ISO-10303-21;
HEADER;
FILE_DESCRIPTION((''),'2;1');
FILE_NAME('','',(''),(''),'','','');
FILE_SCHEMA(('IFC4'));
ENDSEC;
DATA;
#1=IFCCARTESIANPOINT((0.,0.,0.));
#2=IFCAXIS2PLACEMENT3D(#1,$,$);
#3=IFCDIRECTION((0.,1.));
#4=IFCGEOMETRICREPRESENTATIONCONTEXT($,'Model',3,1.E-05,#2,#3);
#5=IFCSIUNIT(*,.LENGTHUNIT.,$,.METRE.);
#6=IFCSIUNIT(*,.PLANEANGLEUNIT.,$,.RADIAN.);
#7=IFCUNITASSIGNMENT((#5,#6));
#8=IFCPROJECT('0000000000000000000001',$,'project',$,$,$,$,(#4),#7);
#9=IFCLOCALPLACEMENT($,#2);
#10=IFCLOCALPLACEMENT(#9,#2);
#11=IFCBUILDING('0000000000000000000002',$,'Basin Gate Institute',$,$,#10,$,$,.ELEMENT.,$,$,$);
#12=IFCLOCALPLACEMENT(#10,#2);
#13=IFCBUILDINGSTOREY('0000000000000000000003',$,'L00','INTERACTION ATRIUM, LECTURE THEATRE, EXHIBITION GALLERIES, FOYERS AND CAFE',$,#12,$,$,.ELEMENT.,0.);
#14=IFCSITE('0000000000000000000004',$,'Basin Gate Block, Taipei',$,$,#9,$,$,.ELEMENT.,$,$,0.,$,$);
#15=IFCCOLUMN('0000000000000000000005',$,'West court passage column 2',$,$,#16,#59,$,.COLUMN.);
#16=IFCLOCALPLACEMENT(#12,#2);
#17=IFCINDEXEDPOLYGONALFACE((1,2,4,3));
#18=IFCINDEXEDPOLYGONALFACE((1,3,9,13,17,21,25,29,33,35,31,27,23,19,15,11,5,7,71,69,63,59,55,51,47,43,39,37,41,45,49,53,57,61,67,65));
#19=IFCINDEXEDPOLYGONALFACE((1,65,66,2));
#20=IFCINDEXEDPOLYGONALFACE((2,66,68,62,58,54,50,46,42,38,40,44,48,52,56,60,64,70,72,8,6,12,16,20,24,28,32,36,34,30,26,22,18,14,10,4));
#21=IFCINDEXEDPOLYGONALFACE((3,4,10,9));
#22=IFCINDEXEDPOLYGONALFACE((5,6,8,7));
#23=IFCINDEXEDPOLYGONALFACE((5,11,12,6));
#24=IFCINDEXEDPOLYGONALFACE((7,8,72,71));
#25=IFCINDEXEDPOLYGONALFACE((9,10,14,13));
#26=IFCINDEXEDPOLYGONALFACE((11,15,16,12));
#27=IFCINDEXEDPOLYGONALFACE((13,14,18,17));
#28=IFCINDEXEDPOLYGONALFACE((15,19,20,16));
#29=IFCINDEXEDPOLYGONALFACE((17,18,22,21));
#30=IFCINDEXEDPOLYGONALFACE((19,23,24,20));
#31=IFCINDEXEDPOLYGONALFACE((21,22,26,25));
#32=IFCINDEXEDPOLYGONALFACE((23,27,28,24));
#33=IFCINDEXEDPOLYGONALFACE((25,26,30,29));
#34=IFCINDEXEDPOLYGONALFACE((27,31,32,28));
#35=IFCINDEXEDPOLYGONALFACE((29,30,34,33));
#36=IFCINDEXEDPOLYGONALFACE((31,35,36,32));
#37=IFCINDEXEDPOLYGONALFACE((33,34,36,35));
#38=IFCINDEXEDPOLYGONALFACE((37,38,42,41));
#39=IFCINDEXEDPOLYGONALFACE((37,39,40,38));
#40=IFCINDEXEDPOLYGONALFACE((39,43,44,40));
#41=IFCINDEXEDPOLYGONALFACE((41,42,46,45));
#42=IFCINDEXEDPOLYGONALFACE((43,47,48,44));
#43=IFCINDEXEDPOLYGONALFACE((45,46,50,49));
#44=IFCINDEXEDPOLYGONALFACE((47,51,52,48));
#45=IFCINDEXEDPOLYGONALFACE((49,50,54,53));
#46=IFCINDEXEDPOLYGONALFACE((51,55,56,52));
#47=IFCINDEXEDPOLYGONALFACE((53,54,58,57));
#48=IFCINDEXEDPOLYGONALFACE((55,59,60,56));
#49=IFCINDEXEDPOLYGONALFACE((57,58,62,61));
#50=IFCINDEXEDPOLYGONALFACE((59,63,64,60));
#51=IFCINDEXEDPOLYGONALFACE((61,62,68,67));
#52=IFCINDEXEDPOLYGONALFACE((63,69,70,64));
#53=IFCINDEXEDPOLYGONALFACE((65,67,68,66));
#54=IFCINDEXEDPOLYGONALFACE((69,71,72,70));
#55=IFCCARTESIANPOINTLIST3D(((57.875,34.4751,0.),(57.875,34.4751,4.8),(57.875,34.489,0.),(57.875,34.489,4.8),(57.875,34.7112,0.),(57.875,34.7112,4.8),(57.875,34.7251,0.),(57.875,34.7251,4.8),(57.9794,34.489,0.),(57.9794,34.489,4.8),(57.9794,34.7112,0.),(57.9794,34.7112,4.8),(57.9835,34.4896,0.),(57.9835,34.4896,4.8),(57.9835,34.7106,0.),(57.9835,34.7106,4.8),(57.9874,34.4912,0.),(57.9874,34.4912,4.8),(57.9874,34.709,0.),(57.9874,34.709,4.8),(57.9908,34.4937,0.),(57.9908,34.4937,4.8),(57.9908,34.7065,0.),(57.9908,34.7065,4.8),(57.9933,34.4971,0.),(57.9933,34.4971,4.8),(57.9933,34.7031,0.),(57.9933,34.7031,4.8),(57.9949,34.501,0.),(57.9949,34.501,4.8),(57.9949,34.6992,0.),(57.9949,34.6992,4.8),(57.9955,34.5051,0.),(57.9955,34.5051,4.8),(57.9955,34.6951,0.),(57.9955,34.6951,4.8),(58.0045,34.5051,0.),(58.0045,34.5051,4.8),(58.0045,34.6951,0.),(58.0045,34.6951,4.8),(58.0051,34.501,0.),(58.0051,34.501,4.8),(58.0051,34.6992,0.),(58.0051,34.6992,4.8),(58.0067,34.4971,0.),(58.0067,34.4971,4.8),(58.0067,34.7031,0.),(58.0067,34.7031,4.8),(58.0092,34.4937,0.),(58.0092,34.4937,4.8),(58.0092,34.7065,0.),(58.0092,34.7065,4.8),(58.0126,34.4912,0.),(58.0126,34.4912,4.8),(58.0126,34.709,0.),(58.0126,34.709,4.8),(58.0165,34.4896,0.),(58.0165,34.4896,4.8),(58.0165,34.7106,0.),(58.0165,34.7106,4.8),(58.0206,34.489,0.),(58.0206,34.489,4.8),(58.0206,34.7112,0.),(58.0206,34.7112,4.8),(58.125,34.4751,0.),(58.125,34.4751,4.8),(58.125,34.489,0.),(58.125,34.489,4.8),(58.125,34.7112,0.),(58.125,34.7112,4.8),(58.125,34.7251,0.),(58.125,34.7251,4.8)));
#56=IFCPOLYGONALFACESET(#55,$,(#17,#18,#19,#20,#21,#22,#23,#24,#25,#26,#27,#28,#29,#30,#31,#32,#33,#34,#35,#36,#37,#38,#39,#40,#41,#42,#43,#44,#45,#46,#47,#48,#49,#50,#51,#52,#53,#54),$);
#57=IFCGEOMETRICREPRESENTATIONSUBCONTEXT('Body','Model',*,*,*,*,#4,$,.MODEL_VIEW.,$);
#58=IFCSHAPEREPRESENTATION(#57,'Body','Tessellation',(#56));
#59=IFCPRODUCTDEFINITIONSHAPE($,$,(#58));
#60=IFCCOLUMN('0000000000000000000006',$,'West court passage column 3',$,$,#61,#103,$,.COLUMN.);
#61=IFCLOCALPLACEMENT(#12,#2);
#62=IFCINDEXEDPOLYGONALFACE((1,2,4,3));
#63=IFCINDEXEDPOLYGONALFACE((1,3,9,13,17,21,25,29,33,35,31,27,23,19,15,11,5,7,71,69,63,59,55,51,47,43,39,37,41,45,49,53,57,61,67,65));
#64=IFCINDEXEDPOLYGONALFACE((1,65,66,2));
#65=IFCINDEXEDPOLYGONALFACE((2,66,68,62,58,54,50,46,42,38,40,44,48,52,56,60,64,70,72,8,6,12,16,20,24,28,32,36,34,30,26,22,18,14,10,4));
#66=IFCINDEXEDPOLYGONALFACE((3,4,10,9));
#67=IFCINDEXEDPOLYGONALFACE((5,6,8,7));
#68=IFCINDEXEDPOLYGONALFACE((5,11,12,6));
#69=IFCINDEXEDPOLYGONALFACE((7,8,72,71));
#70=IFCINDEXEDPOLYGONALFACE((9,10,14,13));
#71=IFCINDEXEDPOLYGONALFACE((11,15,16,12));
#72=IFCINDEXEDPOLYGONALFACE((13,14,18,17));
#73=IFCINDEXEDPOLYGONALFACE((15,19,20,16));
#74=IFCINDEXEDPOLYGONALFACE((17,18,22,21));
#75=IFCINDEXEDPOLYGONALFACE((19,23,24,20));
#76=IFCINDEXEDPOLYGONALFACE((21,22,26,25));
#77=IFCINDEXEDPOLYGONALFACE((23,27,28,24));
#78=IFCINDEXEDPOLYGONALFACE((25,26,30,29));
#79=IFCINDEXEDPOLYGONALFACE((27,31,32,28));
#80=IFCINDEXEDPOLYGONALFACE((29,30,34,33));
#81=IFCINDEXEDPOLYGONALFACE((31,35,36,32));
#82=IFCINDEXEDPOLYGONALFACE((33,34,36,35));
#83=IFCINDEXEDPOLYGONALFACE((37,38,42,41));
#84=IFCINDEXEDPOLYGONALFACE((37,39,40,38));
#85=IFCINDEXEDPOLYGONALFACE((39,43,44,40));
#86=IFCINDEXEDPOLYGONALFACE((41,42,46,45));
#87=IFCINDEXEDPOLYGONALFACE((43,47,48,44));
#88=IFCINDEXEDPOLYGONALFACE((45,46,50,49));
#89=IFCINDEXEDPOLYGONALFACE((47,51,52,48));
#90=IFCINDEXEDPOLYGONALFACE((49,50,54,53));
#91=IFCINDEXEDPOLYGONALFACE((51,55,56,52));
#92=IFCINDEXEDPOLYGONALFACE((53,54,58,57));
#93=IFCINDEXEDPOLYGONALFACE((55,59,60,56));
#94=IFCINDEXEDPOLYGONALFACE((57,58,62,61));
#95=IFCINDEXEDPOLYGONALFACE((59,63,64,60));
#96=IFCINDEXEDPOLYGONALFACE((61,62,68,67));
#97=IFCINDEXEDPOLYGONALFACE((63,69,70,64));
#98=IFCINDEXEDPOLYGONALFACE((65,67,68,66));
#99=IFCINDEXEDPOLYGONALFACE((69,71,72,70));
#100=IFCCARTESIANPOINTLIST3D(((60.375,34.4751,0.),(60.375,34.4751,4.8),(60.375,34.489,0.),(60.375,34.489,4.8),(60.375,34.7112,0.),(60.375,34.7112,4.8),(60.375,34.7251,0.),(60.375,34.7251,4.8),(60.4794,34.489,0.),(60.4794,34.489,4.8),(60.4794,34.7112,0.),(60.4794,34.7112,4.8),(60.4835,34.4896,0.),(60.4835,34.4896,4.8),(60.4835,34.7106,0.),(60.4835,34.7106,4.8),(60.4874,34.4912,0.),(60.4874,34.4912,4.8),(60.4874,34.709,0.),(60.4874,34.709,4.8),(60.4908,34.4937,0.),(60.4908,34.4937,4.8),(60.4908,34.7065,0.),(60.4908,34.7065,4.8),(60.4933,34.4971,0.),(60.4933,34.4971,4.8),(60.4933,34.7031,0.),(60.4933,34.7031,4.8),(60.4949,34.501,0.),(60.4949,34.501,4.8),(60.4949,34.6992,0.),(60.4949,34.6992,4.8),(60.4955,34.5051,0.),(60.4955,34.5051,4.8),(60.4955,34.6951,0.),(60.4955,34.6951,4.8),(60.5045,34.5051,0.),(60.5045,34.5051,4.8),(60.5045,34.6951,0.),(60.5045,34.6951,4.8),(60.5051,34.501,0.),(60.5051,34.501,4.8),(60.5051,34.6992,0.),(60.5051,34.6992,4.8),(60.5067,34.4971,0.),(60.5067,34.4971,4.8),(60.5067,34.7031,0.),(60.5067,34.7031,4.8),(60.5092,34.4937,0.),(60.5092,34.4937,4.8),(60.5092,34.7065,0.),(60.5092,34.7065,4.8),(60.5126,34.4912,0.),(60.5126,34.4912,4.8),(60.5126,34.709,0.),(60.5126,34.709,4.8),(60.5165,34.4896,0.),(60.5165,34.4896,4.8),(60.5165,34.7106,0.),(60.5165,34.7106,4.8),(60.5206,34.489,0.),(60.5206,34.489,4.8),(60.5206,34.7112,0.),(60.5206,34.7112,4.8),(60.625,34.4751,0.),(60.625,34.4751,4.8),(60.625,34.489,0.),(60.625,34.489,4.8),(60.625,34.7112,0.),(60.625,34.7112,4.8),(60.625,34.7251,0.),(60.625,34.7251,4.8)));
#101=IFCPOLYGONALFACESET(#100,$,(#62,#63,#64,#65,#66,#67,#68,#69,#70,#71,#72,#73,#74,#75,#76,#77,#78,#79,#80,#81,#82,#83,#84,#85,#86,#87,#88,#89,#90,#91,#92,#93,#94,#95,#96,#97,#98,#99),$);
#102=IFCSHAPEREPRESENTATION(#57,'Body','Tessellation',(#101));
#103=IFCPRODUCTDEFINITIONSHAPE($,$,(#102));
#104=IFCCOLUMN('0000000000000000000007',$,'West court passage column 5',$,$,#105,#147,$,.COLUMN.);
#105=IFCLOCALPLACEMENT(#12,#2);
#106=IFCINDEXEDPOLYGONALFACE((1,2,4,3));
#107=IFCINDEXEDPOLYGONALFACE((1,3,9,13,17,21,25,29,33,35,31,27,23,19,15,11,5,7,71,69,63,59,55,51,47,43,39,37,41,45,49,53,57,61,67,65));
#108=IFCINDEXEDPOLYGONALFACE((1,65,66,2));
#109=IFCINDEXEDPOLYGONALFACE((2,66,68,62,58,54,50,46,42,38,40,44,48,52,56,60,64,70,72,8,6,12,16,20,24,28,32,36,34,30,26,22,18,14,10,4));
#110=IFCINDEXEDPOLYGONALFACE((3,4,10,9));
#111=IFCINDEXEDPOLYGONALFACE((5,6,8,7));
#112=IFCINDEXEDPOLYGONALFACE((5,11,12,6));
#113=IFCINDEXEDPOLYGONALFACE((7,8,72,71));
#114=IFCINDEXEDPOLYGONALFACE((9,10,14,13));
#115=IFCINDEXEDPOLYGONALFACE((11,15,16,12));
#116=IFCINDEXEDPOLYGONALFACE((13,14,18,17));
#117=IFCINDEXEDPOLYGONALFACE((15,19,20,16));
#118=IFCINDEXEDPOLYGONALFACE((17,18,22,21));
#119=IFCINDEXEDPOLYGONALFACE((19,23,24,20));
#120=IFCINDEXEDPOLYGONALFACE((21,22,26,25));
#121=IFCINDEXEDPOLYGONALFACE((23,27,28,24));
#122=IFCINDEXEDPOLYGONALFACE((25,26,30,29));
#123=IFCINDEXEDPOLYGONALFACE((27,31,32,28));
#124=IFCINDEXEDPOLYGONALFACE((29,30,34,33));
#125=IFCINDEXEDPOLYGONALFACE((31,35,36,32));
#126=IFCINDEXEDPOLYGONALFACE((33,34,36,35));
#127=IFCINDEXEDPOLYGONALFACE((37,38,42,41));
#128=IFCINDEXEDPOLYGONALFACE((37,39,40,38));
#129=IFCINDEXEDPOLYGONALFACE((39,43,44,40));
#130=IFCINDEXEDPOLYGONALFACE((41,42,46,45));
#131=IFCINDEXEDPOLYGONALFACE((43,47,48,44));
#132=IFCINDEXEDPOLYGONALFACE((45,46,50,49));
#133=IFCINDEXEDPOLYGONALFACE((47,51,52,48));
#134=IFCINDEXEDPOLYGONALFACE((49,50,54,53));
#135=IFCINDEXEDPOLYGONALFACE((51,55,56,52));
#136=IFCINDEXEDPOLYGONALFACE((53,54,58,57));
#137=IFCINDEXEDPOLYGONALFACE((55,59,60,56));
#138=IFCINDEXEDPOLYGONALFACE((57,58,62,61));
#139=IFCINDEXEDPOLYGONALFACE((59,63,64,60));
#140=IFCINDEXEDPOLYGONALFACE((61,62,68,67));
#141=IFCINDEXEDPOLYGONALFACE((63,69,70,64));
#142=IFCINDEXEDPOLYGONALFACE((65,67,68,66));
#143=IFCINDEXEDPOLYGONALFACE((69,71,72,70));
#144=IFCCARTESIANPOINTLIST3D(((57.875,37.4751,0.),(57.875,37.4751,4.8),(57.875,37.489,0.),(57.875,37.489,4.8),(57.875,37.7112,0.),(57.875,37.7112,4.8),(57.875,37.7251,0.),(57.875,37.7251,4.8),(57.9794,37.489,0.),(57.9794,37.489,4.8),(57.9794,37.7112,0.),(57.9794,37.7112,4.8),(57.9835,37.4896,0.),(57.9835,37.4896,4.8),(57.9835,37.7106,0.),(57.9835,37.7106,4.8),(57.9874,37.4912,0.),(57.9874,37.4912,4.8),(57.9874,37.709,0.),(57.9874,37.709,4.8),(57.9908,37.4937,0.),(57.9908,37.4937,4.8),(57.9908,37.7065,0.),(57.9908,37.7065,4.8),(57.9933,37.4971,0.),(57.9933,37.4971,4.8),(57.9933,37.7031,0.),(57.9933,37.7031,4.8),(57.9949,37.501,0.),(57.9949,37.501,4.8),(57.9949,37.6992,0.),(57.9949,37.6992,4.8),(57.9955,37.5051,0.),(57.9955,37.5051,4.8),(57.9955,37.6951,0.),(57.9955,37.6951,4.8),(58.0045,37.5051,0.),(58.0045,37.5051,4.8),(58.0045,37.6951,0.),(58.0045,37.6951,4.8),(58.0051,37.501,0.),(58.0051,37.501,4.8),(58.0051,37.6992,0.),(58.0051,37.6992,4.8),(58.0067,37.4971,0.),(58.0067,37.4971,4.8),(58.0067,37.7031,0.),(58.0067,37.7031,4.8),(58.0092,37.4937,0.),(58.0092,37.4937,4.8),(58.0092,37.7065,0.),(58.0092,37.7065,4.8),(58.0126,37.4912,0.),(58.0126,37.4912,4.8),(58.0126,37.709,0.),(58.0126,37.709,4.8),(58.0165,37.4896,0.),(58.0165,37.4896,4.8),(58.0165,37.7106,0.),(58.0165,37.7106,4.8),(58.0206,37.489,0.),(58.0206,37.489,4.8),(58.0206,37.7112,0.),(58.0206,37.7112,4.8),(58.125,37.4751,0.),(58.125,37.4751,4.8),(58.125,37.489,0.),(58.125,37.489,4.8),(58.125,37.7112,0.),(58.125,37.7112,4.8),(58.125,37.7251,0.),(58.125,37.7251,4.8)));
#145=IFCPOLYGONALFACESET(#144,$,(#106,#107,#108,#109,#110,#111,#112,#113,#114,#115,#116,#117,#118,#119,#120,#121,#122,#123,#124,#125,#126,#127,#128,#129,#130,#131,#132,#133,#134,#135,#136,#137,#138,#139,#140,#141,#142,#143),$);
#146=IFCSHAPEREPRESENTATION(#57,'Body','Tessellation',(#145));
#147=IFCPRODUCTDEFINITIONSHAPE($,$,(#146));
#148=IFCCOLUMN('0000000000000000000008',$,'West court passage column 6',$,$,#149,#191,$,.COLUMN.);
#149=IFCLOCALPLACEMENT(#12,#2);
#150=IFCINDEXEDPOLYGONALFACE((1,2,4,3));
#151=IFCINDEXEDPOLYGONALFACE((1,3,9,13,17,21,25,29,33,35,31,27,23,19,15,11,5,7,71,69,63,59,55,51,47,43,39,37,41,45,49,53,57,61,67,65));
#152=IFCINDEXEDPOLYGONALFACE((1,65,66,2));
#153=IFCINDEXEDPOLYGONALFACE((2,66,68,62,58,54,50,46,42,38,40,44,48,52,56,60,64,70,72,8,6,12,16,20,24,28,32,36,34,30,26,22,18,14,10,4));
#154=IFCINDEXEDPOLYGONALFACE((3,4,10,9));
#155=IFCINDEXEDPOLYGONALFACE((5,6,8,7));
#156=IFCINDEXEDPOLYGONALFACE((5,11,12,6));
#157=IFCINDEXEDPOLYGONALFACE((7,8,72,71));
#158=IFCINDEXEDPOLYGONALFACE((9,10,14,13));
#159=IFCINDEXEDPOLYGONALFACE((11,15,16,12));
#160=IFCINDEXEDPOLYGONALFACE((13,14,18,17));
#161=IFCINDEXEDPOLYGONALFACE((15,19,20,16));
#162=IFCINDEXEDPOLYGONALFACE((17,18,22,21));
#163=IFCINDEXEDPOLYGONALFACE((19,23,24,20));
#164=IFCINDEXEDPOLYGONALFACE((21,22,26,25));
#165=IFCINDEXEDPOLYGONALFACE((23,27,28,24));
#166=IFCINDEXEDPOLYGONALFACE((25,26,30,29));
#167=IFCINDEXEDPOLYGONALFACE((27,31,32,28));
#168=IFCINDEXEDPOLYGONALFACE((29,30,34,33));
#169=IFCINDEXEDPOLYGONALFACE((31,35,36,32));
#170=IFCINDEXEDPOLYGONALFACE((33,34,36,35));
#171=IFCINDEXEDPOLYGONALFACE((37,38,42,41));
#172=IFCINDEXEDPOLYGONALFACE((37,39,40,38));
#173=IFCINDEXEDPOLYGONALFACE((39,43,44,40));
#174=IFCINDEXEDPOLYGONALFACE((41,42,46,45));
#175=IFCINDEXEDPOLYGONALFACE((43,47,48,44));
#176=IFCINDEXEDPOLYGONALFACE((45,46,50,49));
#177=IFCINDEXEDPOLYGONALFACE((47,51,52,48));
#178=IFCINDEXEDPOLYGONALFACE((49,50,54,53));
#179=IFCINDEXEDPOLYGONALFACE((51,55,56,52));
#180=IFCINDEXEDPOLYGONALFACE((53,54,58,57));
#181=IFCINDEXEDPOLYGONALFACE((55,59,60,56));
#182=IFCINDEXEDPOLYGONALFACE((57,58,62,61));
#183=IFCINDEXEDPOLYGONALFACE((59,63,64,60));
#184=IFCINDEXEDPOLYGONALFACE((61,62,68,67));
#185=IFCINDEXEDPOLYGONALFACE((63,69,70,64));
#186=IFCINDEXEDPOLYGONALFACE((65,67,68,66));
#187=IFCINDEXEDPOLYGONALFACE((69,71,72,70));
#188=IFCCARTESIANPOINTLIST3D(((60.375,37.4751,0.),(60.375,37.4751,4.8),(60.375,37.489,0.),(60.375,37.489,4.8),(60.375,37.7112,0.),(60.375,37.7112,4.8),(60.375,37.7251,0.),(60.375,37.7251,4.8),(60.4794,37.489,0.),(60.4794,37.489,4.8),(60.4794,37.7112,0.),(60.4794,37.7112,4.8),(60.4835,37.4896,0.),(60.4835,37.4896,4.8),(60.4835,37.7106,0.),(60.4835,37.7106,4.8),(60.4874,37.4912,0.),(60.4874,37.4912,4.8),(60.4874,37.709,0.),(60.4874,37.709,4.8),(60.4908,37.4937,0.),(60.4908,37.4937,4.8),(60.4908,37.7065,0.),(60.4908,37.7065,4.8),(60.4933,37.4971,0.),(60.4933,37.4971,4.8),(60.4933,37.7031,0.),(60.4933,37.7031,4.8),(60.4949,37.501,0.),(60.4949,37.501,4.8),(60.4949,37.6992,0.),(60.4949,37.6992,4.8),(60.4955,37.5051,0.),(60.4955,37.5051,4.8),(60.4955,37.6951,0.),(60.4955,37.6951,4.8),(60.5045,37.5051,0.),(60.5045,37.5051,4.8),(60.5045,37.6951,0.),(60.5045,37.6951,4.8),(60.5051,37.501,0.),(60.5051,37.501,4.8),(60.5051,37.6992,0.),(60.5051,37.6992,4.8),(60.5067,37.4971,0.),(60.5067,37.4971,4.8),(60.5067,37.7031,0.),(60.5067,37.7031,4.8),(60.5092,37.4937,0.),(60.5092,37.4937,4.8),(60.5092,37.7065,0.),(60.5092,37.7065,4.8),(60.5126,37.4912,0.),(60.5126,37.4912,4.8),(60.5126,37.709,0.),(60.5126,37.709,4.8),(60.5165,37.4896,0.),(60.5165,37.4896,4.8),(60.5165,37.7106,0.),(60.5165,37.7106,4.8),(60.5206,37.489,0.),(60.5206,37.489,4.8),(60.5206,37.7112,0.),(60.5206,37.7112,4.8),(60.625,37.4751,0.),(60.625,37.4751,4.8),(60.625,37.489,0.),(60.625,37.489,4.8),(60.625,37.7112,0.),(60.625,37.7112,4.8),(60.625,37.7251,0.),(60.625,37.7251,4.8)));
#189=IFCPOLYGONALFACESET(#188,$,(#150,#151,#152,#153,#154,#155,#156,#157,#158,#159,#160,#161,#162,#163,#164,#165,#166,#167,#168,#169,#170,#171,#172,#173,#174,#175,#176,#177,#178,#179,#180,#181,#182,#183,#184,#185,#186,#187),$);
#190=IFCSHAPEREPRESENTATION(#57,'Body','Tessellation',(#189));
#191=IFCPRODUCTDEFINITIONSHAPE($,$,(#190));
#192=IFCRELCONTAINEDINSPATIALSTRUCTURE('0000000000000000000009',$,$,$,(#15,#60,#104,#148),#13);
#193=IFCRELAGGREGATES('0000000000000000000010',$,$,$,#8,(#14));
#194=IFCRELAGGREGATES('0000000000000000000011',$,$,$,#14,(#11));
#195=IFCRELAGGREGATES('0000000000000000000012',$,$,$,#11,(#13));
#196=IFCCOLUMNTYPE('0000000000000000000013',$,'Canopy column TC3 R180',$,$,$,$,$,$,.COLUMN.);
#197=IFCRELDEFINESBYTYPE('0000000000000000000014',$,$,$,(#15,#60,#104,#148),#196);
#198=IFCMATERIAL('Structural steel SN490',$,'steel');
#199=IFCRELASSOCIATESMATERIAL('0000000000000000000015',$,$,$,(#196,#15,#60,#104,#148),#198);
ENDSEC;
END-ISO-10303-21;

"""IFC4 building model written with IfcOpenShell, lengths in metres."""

from ifc_helpers import new_model, si_unit, direction, frame, origin, origin_2d, place, context, subcontext, project, spatial, i_section, extrude, material, material_profile, profile_set, type_object, element, save


model = new_model("IFC4")

# Units and contexts
model_context = context("Model", 3, precision=1e-05, world=origin(), true_north=direction((0.0, 1.0)))
body_context = subcontext(model_context, "Body", "Model", "MODEL_VIEW")
ifc_project = project(units=[si_unit("LENGTHUNIT", "METRE"), si_unit("PLANEANGLEUNIT", "RADIAN")], contexts=[model_context])

# Site, building, storey
site_placement = place(None, origin())
site = spatial("IfcSite", under=ifc_project, at=site_placement, Name="Basin Gate Block, Taipei", CompositionType="ELEMENT", RefElevation=0.0)
building_placement = place(site_placement, origin())
building = spatial("IfcBuilding", under=site, at=building_placement, Name="Basin Gate Institute", CompositionType="ELEMENT")
storey_placement = place(building_placement, origin())
storey = spatial("IfcBuildingStorey", under=building, at=storey_placement, Name="L00", Description="INTERACTION ATRIUM, LECTURE THEATRE, EXHIBITION GALLERIES, FOYERS AND CAFE", CompositionType="ELEMENT", Elevation=0.0)

# Columns
ifc_material_1 = material(Name="Structural steel SN490", Category="steel")
ifc_material_profile = material_profile(ifc_material_1, i_section(OverallWidth=0.25, OverallDepth=0.25, WebThickness=0.009, FlangeThickness=0.0139, FilletRadius=0.0161, at=origin_2d()), Name="H250x250")
ifc_profile_set = profile_set([ifc_material_profile], Name="Structural steel SN490")
column_type = type_object("IfcColumnType", Name="Canopy column TC3 R180", PredefinedType="COLUMN", material=ifc_profile_set)
for number, where, z_axis, x_axis, name in (
    (1, (58.0, 34.6001, 0.0), (0.0, 0.0, 1.0), (1.0, 0.0, 0.0), "West court passage column 2"),
    (2, (60.5, 34.6001, 0.0), (0.0, 0.0, 1.0), (1.0, 0.0, 0.0), "West court passage column 3"),
    (3, (58.0, 37.6001, 0.0), (0.0, 0.0, 1.0), (1.0, 0.0, 0.0), "West court passage column 5"),
    (4, (60.5, 37.6001, 0.0), (0.0, 0.0, 1.0), (1.0, 0.0, 0.0), "West court passage column 6"),
):
    element("IfcColumn", number, at=place(storey_placement, frame(where, z_axis=z_axis, x_axis=x_axis)), inside=storey, type_object=column_type, material=ifc_profile_set, Name=name, PredefinedType="COLUMN", context=body_context, shape_type="SweptSolid", body=[
        extrude(i_section(OverallWidth=0.25, OverallDepth=0.25, WebThickness=0.009, FlangeThickness=0.0139, FilletRadius=0.0161, at=origin_2d()), origin(), (0.0, 0.0, 1.0), 4.8),
    ])

save(model, "model.ifc")
